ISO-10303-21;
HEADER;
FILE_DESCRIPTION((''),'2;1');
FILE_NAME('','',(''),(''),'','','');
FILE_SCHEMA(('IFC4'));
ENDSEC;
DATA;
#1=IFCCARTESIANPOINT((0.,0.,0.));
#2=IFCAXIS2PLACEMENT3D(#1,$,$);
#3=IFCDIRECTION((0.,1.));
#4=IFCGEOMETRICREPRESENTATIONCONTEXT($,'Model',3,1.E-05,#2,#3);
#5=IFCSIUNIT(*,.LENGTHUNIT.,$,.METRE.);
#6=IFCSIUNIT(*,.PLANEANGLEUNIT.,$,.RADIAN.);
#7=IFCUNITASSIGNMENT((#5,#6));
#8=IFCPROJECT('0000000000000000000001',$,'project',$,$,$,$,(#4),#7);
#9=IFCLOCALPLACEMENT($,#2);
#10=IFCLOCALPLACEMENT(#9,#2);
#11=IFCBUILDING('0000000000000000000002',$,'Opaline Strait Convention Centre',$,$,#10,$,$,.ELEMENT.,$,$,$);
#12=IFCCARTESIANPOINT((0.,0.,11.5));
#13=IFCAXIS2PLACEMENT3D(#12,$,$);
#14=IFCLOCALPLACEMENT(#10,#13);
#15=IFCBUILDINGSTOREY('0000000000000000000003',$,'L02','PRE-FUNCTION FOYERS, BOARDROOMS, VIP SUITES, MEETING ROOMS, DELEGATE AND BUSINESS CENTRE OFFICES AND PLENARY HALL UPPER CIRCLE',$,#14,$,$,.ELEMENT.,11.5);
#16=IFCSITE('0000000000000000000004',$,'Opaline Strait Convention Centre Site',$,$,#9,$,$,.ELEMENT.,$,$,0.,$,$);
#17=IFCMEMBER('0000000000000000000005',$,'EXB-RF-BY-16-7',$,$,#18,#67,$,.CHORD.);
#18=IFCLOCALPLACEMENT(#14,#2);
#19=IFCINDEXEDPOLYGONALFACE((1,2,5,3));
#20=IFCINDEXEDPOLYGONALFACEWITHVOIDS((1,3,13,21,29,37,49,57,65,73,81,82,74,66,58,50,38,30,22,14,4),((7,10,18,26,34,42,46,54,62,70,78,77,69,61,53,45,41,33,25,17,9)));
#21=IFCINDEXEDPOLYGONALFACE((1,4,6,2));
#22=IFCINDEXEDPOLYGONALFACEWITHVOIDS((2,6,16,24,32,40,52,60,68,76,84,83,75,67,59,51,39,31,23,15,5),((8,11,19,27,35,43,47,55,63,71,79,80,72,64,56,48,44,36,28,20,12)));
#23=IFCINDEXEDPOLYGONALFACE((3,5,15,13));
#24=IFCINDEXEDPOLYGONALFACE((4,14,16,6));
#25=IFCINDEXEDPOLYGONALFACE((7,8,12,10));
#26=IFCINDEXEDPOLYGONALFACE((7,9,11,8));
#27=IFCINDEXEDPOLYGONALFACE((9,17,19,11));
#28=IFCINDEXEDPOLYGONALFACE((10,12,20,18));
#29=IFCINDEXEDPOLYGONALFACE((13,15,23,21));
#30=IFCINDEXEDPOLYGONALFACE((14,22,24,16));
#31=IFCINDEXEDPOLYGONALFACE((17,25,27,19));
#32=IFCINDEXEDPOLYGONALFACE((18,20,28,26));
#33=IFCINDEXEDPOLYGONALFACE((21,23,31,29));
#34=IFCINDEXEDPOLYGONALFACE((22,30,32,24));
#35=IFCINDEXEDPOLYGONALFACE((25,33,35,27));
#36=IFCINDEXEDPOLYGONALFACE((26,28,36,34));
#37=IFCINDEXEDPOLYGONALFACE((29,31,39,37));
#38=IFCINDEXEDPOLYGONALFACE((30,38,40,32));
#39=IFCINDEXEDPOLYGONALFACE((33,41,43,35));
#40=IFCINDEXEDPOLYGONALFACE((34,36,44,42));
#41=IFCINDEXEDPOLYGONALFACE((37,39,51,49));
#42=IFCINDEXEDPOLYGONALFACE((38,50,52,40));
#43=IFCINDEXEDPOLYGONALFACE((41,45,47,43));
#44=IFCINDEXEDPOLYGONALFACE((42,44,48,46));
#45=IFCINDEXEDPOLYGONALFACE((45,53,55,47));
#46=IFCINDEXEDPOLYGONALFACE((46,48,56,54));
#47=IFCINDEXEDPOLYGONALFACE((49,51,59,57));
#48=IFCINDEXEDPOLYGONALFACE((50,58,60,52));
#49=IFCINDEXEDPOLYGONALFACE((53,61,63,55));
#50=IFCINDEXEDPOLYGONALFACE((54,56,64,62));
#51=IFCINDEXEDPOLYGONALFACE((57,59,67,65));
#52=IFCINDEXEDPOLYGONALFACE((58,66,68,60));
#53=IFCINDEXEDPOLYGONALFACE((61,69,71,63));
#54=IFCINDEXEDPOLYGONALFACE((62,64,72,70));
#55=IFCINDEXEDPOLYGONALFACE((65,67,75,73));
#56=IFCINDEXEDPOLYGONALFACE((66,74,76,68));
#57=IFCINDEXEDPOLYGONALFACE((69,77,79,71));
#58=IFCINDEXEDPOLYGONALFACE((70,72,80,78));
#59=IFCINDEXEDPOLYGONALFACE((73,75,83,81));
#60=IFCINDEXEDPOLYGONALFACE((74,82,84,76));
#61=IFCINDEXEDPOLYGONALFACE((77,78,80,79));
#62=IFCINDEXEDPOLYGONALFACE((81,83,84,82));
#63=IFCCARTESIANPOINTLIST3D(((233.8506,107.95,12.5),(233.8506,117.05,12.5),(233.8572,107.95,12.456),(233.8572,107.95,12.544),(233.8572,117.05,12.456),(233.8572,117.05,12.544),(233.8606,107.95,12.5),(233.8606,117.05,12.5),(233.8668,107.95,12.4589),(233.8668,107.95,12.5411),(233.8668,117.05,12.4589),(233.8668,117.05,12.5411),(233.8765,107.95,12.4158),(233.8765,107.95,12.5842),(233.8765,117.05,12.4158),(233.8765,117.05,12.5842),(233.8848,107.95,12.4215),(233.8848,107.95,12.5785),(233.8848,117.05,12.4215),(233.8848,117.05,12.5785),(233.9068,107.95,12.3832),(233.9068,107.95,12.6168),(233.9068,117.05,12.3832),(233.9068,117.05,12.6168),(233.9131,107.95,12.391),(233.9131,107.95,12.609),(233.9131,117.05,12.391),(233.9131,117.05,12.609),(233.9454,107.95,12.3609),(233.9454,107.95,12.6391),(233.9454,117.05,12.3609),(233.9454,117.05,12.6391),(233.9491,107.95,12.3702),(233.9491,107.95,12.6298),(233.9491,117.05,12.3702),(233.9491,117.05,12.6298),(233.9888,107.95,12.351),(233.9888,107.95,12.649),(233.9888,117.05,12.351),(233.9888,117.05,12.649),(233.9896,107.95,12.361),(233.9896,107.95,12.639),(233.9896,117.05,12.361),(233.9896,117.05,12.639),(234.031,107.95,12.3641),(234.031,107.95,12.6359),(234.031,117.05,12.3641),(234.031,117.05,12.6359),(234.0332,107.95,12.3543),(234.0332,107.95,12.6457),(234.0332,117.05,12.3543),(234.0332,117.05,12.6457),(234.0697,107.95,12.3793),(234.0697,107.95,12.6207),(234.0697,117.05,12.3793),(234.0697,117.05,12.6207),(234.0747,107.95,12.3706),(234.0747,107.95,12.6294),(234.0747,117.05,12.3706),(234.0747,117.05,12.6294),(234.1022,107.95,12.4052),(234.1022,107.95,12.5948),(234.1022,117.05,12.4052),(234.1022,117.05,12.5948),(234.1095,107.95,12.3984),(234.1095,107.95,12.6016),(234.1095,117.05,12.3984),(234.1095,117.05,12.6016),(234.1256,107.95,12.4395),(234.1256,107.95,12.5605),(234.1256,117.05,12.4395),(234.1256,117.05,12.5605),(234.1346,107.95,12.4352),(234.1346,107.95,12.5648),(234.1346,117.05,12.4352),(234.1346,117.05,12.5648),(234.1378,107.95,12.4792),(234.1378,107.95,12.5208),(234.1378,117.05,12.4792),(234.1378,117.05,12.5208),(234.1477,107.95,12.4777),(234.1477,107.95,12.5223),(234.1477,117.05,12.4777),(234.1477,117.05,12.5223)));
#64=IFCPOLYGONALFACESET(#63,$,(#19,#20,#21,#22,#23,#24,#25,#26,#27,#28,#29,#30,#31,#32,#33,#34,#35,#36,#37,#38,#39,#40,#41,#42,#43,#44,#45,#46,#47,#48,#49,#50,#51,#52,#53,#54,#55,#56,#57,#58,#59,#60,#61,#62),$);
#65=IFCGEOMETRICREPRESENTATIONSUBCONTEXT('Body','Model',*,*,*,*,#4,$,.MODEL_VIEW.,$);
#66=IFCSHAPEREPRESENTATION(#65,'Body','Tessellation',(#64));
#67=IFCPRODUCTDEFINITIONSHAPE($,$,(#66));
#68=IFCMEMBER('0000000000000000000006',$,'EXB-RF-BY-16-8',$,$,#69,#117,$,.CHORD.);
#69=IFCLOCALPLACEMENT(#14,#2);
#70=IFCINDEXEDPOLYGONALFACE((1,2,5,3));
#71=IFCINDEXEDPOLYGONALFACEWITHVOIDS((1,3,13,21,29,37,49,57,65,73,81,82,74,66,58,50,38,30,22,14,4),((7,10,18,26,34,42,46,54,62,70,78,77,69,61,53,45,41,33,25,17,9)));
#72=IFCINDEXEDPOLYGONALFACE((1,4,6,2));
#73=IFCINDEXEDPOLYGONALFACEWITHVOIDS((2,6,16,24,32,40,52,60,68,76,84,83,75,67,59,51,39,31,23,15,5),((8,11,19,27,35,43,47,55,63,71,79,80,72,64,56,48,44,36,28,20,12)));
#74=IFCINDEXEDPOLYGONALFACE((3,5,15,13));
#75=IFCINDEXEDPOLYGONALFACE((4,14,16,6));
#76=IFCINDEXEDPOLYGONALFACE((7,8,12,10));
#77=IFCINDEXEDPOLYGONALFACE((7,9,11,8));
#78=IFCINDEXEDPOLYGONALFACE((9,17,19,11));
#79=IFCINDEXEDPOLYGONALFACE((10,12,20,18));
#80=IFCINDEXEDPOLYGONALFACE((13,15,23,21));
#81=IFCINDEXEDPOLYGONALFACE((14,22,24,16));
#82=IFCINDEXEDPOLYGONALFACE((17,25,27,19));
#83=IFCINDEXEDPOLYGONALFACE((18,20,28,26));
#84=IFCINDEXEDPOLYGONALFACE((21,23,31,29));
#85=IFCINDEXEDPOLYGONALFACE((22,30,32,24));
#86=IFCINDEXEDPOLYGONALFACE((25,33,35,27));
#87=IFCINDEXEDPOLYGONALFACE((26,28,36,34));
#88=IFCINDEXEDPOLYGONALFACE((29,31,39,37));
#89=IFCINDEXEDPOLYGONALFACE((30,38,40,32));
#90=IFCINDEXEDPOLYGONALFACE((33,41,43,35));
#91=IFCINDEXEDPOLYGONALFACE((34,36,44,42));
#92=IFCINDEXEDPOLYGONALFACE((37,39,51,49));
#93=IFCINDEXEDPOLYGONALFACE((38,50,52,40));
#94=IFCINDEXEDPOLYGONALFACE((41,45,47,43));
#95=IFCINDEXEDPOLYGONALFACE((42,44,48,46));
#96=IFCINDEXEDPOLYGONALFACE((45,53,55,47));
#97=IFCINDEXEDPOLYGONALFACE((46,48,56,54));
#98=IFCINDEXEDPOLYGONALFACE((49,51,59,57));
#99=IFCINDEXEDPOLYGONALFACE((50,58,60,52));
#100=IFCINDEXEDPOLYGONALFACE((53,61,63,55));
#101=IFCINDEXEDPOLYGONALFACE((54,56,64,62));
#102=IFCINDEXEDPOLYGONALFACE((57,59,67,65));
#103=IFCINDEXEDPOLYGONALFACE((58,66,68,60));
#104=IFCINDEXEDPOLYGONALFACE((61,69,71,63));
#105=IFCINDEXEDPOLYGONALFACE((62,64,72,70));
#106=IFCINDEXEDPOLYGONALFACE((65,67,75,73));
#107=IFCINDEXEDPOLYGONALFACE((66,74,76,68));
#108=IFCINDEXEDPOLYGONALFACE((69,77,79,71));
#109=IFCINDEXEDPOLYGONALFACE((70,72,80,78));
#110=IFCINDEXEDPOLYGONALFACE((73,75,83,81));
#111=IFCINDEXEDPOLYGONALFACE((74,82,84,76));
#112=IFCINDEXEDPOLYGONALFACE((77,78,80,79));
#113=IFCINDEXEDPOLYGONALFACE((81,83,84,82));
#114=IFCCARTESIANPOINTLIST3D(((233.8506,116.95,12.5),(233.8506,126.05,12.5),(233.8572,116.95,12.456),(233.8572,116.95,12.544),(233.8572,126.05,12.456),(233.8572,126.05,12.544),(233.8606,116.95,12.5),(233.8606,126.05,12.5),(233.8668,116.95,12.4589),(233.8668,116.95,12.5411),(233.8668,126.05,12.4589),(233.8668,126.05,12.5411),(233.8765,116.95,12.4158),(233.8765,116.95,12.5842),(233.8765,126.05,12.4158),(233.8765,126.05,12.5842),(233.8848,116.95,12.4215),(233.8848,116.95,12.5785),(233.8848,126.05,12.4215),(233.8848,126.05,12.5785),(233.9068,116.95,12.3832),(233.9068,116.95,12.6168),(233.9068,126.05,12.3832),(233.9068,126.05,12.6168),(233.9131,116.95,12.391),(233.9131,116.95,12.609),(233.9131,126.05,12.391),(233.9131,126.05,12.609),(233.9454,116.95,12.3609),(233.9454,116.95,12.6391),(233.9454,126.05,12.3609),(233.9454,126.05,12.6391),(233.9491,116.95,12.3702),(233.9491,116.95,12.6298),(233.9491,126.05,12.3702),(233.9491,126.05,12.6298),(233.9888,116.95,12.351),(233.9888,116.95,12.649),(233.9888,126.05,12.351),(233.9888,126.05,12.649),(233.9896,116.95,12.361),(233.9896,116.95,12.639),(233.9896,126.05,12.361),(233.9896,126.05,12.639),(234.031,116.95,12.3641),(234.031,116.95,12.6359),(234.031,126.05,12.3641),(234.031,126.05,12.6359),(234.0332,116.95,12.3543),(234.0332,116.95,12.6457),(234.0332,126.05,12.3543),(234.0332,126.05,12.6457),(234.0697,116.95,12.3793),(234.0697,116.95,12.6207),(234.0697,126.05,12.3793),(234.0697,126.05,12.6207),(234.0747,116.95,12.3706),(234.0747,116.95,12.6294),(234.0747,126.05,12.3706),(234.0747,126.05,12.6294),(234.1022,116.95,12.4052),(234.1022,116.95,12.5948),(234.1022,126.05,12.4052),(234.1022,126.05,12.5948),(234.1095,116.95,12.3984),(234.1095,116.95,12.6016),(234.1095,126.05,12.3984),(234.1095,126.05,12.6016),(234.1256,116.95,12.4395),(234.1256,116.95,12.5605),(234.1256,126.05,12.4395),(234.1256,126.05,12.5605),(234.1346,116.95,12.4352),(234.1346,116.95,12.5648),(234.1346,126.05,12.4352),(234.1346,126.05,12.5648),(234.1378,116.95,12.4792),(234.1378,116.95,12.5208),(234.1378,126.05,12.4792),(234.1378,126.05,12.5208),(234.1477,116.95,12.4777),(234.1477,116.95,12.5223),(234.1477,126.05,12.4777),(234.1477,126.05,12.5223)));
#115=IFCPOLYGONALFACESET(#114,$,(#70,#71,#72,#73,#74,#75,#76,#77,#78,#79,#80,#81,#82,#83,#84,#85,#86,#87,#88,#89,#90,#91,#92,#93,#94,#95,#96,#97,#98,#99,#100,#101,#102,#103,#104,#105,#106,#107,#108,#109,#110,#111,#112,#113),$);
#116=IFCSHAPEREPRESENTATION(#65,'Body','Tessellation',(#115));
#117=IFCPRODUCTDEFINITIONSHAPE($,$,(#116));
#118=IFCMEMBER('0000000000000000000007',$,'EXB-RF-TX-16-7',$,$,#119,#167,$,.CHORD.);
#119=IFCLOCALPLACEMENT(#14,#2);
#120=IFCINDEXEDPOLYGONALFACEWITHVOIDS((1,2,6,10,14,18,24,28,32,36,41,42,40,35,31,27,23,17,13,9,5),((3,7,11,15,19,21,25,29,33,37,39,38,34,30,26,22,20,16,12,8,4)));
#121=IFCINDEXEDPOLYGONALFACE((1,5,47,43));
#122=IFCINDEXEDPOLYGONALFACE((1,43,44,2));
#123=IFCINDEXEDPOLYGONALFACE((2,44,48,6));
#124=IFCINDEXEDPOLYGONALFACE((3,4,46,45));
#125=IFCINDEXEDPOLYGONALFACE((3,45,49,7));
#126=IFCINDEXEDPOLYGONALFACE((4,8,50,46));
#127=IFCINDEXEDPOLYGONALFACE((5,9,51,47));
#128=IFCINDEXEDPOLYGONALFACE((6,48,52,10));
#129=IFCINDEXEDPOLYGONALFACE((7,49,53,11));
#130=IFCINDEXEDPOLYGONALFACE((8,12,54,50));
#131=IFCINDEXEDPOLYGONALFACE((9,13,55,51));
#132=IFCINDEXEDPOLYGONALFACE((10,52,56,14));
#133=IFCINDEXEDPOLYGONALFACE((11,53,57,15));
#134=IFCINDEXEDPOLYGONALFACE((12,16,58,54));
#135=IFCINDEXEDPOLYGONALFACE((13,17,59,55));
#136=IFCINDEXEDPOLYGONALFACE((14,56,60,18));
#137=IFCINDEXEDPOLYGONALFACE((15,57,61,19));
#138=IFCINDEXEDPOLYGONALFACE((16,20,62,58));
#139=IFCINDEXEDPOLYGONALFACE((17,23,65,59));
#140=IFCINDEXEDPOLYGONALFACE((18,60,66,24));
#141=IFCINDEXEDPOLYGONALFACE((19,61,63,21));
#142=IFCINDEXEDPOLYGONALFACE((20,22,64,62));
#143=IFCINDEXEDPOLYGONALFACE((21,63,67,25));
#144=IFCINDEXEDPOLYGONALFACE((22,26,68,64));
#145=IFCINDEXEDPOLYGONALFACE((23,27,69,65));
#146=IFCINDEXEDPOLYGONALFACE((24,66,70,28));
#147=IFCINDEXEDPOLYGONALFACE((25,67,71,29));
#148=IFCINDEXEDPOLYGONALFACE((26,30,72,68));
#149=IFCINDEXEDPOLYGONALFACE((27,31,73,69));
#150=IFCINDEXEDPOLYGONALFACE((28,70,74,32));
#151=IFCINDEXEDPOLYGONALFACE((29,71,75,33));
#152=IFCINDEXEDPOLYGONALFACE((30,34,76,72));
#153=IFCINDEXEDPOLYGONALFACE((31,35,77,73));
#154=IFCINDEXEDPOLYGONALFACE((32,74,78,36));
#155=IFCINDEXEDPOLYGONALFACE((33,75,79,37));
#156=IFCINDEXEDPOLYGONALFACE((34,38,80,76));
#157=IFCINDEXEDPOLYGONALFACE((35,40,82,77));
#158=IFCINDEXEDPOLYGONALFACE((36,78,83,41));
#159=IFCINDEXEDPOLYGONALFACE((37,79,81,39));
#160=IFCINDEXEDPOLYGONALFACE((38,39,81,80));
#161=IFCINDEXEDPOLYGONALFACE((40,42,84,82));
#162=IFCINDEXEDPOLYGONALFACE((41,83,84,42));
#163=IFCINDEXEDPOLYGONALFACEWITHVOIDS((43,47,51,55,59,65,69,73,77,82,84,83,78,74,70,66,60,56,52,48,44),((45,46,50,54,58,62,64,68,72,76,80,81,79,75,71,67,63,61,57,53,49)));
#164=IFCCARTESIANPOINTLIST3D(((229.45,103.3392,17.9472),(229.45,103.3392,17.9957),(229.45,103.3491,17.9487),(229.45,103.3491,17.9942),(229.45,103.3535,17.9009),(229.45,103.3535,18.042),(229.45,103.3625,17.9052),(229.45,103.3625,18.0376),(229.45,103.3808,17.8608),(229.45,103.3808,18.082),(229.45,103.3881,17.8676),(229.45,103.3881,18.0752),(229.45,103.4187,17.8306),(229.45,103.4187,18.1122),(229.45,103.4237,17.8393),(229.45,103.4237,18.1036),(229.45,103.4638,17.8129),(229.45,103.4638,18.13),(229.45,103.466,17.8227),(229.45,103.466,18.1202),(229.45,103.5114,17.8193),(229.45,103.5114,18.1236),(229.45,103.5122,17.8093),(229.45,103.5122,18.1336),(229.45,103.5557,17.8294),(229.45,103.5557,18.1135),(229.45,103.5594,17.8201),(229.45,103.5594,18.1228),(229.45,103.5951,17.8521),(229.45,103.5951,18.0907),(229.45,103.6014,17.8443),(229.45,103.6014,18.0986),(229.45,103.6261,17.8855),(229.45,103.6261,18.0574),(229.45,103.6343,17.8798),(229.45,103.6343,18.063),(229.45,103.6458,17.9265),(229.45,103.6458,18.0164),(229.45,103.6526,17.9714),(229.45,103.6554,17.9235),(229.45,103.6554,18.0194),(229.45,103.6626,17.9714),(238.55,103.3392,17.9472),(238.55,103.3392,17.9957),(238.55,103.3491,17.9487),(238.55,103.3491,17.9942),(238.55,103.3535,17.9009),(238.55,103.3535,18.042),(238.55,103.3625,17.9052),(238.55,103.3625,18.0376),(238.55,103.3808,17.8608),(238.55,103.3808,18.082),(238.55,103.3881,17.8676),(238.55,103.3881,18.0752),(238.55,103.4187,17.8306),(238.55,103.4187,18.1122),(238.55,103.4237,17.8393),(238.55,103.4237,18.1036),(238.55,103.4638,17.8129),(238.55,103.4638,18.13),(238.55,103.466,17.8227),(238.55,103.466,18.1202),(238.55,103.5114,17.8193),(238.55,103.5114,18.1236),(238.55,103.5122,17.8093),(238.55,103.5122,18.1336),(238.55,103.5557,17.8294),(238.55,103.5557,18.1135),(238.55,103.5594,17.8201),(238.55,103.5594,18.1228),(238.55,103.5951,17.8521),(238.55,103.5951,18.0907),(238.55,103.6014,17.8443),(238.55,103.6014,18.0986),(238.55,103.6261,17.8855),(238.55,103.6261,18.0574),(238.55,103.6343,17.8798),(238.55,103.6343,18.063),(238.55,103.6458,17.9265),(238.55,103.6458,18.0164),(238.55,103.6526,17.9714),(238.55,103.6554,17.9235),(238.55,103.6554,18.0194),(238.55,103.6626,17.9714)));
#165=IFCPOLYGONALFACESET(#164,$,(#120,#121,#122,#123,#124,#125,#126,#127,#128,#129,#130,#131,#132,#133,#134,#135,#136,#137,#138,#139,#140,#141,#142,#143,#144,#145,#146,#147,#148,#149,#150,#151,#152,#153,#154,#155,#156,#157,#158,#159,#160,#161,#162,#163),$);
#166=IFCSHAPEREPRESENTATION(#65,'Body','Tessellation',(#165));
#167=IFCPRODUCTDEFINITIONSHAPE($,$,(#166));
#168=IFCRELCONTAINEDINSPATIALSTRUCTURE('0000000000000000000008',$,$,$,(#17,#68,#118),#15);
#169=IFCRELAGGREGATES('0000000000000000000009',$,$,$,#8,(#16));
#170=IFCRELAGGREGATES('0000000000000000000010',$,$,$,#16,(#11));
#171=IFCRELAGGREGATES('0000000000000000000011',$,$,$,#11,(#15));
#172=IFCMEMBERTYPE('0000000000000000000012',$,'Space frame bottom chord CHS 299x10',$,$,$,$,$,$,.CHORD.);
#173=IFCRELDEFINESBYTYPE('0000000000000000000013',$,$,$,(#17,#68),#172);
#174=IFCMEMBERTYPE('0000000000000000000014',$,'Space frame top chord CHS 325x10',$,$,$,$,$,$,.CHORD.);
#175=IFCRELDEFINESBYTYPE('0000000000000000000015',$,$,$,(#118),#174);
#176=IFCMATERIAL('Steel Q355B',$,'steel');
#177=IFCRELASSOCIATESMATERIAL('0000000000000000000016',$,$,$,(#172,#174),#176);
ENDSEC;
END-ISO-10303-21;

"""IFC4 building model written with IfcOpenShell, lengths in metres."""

from ifc_helpers import new_model, si_unit, direction, frame, origin, origin_2d, place, context, subcontext, project, spatial, hollow_circle, extrude, material, material_profile, profile_set, type_object, element, save


model = new_model("IFC4")

# Units and contexts
model_context = context("Model", 3, precision=1e-05, world=origin(), true_north=direction((0.0, 1.0)))
body_context = subcontext(model_context, "Body", "Model", "MODEL_VIEW")
ifc_project = project(units=[si_unit("LENGTHUNIT", "METRE"), si_unit("PLANEANGLEUNIT", "RADIAN")], contexts=[model_context])

# Site, building, storey
site_placement = place(None, origin())
site = spatial("IfcSite", under=ifc_project, at=site_placement, Name="Opaline Strait Convention Centre Site", CompositionType="ELEMENT", RefElevation=0.0)
building_placement = place(site_placement, origin())
building = spatial("IfcBuilding", under=site, at=building_placement, Name="Opaline Strait Convention Centre", CompositionType="ELEMENT")
storey_placement = place(building_placement, frame((0.0, 0.0, 11.5)))
storey = spatial("IfcBuildingStorey", under=building, at=storey_placement, Name="L02", Description="PRE-FUNCTION FOYERS, BOARDROOMS, VIP SUITES, MEETING ROOMS, DELEGATE AND BUSINESS CENTRE OFFICES AND PLENARY HALL UPPER CIRCLE", CompositionType="ELEMENT", Elevation=11.5)

# Members
ifc_material = material(Name="Steel Q355B", Category="steel")
ifc_material_profile_1 = material_profile(ifc_material, hollow_circle(Radius=0.1494, WallThickness=0.01, at=origin_2d()), Name="CHS 299x10")
ifc_profile_set_1 = profile_set([ifc_material_profile_1], Name="Steel Q355B")
member_type_1 = type_object("IfcMemberType", Name="Space frame bottom chord CHS 299x10", PredefinedType="CHORD", material=ifc_profile_set_1)
for number, where, z_axis, x_axis, name in (
    (1, (234.0, 107.95, 12.5), (0.0, 1.0, 0.0), (-1.0, 0.0, 0.0), "EXB-RF-BY-16-7"),
    (2, (234.0, 116.95, 12.5), (0.0, 1.0, 0.0), (-1.0, 0.0, 0.0), "EXB-RF-BY-16-8"),
):
    element("IfcMember", number, at=place(storey_placement, frame(where, z_axis=z_axis, x_axis=x_axis)), inside=storey, type_object=member_type_1, Name=name, PredefinedType="CHORD", context=body_context, shape_type="SweptSolid", body=[
        extrude(hollow_circle(Radius=0.1494, WallThickness=0.01, at=origin_2d()), origin(), (0.0, 0.0, 1.0), 9.1001),
    ])
ifc_material_profile_2 = material_profile(ifc_material, hollow_circle(Radius=0.1626, WallThickness=0.01, at=origin_2d()), Name="CHS 325x10")
ifc_profile_set_2 = profile_set([ifc_material_profile_2], Name="Steel Q355B")
member_type_2 = type_object("IfcMemberType", Name="Space frame top chord CHS 325x10", PredefinedType="CHORD", material=ifc_profile_set_2)
for number, where, z_axis, x_axis, name in (
    (3, (229.45, 103.5, 17.9714), (1.0, 0.0, 0.0), (0.0, 1.0, 0.0), "EXB-RF-TX-16-7"),
):
    element("IfcMember", number, at=place(storey_placement, frame(where, z_axis=z_axis, x_axis=x_axis)), inside=storey, type_object=member_type_2, Name=name, PredefinedType="CHORD", context=body_context, shape_type="SweptSolid", body=[
        extrude(hollow_circle(Radius=0.1626, WallThickness=0.01, at=origin_2d()), origin(), (0.0, 0.0, 1.0), 9.1001),
    ])

save(model, "model.ifc")
